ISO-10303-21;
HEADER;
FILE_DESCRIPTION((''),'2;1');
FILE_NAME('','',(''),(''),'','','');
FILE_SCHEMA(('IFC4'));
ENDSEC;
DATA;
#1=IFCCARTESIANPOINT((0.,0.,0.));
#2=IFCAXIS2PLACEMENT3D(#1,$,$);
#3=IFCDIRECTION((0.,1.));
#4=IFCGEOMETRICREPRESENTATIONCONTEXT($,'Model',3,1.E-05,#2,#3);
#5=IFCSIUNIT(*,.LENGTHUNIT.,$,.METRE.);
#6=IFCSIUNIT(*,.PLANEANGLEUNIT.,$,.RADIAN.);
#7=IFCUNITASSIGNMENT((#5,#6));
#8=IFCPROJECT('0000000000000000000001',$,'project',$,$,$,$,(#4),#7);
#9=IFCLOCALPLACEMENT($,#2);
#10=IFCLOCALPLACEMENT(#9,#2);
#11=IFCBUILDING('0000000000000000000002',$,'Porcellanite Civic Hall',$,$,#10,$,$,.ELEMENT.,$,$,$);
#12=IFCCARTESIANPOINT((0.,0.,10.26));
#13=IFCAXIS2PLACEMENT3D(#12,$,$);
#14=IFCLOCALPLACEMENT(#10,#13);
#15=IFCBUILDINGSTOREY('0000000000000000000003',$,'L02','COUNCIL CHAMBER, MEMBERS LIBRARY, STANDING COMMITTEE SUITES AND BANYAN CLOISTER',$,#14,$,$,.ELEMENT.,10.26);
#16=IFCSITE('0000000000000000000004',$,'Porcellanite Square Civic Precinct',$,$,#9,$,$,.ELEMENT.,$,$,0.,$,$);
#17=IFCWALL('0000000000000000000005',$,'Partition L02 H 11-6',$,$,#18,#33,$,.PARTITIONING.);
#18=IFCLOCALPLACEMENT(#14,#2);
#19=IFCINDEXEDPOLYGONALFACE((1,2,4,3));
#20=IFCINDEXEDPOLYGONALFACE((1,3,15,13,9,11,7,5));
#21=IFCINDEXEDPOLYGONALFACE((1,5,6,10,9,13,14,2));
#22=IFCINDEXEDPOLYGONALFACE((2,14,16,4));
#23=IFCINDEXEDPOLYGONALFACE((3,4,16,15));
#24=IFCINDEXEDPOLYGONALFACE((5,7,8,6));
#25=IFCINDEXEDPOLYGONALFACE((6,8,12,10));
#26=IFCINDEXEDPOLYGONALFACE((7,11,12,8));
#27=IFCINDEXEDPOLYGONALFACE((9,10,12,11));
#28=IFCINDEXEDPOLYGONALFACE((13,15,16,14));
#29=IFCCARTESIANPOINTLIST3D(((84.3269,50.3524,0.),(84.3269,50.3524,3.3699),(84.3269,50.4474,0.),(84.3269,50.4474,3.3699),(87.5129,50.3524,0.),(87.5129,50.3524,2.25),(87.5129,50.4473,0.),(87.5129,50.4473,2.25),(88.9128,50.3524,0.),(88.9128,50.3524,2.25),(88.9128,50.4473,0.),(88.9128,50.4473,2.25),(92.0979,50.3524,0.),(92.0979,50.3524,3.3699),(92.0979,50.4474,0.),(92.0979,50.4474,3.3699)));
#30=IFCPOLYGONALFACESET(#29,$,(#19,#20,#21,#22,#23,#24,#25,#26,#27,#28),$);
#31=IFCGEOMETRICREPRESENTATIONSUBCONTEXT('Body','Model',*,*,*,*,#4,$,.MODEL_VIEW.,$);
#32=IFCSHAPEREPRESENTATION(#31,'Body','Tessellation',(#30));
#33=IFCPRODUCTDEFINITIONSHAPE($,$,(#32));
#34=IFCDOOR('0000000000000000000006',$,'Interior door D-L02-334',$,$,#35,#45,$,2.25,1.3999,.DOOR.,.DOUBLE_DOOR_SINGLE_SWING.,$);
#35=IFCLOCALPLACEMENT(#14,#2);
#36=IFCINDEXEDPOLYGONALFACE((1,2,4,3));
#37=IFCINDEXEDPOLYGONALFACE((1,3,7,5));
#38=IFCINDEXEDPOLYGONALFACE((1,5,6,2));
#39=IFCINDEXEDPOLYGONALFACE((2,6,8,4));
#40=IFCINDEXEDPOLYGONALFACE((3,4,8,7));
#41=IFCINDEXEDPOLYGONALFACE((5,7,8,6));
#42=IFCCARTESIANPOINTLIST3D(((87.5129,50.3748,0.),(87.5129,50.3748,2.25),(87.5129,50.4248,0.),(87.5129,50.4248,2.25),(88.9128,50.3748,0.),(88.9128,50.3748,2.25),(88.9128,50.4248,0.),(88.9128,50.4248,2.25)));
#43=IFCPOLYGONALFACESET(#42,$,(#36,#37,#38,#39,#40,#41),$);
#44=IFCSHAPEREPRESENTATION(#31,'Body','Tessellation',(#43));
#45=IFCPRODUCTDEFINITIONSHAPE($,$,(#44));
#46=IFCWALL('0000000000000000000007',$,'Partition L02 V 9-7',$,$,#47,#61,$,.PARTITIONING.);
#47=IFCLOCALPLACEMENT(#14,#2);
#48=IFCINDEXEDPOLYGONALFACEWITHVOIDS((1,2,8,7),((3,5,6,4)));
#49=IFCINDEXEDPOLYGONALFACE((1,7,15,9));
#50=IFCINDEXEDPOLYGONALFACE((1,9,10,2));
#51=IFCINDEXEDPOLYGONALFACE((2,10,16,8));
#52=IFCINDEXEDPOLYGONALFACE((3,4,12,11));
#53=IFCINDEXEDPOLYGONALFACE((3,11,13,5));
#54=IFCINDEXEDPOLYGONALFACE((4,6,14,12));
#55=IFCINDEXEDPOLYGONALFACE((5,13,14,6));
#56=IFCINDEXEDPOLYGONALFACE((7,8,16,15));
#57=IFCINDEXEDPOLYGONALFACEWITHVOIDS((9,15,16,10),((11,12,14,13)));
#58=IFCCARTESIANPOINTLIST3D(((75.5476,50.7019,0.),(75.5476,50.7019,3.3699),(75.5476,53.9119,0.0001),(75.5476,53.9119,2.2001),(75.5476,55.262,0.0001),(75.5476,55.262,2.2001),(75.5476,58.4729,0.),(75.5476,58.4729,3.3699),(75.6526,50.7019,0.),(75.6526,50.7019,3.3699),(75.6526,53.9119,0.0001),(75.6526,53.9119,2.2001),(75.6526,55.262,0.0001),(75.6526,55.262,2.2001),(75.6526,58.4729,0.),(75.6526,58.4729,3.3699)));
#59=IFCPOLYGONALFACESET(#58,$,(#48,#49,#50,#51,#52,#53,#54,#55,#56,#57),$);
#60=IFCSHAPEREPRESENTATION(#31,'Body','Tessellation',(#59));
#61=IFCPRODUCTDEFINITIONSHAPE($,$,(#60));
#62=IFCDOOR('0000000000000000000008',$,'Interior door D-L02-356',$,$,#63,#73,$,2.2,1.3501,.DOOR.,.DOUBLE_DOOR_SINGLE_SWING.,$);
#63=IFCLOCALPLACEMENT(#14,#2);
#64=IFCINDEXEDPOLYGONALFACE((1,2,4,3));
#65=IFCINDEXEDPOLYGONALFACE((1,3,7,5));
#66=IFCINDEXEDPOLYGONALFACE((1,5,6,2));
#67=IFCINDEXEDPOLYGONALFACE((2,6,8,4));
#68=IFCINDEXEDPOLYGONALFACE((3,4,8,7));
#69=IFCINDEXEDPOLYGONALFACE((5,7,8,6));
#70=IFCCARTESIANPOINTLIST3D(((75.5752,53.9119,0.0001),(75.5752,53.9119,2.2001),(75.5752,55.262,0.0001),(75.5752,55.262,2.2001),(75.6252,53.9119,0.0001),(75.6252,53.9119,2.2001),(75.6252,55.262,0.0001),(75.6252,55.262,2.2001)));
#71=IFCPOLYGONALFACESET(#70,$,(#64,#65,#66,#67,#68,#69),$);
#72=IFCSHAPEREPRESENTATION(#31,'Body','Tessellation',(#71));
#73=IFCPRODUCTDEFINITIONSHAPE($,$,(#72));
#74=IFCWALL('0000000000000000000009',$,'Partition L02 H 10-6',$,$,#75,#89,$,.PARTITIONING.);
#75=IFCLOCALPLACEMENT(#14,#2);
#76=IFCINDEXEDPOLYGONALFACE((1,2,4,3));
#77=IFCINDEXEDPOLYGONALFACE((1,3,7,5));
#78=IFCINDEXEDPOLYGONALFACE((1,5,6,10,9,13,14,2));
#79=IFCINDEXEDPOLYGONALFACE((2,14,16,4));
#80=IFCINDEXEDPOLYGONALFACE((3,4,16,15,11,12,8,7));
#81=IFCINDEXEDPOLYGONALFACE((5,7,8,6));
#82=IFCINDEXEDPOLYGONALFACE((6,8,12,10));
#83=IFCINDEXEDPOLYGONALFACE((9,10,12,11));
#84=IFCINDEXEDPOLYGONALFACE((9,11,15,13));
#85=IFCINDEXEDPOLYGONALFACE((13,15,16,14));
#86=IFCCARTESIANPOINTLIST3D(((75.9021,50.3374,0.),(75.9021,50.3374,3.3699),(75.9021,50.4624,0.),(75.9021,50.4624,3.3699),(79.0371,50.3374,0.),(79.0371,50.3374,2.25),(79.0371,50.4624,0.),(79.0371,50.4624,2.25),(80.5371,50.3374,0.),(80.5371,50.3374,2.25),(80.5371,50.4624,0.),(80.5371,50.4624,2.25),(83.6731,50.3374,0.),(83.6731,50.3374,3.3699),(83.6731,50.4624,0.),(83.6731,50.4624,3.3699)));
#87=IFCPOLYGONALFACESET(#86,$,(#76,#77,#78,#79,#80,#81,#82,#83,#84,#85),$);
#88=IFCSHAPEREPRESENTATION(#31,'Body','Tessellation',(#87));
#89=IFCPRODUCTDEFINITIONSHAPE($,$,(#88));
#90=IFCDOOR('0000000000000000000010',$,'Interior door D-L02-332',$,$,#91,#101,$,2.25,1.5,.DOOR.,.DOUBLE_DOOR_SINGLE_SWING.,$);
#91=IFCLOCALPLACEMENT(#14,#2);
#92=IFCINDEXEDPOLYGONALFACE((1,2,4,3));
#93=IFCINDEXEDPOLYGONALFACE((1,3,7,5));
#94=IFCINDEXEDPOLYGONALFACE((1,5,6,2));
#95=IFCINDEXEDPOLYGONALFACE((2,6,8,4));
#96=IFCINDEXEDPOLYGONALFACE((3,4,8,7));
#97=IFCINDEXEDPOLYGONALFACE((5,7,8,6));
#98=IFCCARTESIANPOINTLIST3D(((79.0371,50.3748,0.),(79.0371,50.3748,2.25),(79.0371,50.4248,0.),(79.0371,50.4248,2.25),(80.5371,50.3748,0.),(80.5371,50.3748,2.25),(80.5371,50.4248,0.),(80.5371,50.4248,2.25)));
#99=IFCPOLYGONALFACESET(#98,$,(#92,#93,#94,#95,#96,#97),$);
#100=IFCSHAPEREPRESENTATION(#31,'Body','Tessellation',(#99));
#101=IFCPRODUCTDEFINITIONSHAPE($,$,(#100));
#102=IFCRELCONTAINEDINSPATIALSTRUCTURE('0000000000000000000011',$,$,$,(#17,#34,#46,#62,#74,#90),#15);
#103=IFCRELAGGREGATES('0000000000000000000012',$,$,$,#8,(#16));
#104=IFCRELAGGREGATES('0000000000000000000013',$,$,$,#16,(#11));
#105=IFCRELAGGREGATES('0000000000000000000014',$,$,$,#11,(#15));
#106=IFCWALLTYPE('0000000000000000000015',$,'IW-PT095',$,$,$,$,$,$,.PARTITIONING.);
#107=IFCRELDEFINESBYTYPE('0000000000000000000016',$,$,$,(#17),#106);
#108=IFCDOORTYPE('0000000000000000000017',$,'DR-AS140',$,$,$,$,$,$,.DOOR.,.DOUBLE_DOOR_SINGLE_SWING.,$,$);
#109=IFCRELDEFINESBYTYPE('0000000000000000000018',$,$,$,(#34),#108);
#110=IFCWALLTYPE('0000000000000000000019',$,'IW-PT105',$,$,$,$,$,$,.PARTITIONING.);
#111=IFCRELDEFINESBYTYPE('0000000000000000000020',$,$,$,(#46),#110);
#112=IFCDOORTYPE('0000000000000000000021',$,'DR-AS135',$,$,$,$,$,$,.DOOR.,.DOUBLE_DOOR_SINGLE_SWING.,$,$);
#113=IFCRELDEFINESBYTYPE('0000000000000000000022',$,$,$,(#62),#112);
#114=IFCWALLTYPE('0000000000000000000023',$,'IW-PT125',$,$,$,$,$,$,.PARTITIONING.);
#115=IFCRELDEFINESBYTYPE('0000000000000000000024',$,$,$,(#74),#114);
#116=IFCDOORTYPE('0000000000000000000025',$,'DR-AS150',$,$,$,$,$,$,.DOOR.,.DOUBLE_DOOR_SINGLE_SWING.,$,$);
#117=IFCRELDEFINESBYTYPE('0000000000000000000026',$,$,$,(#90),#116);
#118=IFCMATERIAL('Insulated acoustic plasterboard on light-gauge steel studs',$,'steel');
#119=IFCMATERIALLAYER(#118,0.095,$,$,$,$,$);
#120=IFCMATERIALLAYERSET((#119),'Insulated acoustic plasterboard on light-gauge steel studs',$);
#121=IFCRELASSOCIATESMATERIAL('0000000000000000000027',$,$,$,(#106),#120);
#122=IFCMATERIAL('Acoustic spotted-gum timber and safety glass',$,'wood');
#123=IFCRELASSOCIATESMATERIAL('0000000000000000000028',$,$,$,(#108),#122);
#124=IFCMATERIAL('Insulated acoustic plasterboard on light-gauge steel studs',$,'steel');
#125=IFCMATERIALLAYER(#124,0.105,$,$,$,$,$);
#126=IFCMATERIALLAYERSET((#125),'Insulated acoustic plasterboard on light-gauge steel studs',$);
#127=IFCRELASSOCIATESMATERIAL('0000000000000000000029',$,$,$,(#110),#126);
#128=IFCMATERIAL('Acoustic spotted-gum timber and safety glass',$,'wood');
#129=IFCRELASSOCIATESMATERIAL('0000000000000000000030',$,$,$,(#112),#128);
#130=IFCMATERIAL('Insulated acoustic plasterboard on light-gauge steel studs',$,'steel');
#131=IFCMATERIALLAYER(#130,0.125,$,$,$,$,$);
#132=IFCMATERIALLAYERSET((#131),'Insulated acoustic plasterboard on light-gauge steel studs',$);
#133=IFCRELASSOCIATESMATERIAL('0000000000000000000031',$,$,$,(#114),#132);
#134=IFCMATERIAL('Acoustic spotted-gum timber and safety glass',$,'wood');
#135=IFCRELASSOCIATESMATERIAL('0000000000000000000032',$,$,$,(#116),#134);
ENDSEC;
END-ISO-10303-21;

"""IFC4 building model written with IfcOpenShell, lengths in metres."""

from ifc_helpers import new_model, si_unit, direction, frame, frame_2d, origin, place, context, subcontext, project, spatial, rectangle, extrude, material, layer, layer_set, type_object, element, fill, save


model = new_model("IFC4")

# Units and contexts
model_context = context("Model", 3, precision=1e-05, world=origin(), true_north=direction((0.0, 1.0)))
body_context = subcontext(model_context, "Body", "Model", "MODEL_VIEW")
ifc_project = project(units=[si_unit("LENGTHUNIT", "METRE"), si_unit("PLANEANGLEUNIT", "RADIAN")], contexts=[model_context])

# Site, building, storey
site_placement = place(None, origin())
site = spatial("IfcSite", under=ifc_project, at=site_placement, Name="Porcellanite Square Civic Precinct", CompositionType="ELEMENT", RefElevation=0.0)
building_placement = place(site_placement, origin())
building = spatial("IfcBuilding", under=site, at=building_placement, Name="Porcellanite Civic Hall", CompositionType="ELEMENT")
storey_placement = place(building_placement, frame((0.0, 0.0, 10.26)))
storey = spatial("IfcBuildingStorey", under=building, at=storey_placement, Name="L02", Description="COUNCIL CHAMBER, MEMBERS LIBRARY, STANDING COMMITTEE SUITES AND BANYAN CLOISTER", CompositionType="ELEMENT", Elevation=10.26)

# Walls, openings, doors
ifc_material_1 = material(Name="Insulated acoustic plasterboard on light-gauge steel studs", Category="steel")
ifc_layer_1 = layer(ifc_material_1, 0.095)
ifc_layer_set_1 = layer_set([ifc_layer_1], Name="Insulated acoustic plasterboard on light-gauge steel studs")
wall_type_1 = type_object("IfcWallType", Name="IW-PT095", PredefinedType="PARTITIONING", material=ifc_layer_set_1)
wall_1_placement = place(storey_placement, frame((84.3269, 50.3999, 0.0), z_axis=(0.0, 0.0, 1.0), x_axis=(1.0, 0.0, 0.0)))
wall_1 = element("IfcWall", 1, at=wall_1_placement, inside=storey, type_object=wall_type_1, Name="Partition L02 H 11-6", PredefinedType="PARTITIONING", context=body_context, shape_type="SweptSolid", body=[
    extrude(rectangle(XDim=7.771, YDim=0.095, at=frame_2d((3.8855, 0.0))), origin(), (0.0, 0.0, 1.0), 3.3699),
])
opening_1_placement = place(wall_1_placement, frame((3.186, 0.0, 0.0)))
opening_1 = element("IfcOpeningElement", 2, at=opening_1_placement, cuts=wall_1, PredefinedType="OPENING", context=body_context, shape_type="SweptSolid", body=[
    extrude(rectangle(XDim=1.3999, YDim=2.25, at=frame_2d((0.7, 1.125))), frame((0.0, 0.0474, 0.0), z_axis=(0.0, -1.0, 0.0), x_axis=(1.0, 0.0, 0.0)), (0.0, 0.0, 1.0), 0.095),
])
ifc_material_2 = material(Name="Acoustic spotted-gum timber and safety glass", Category="wood")
door_type_1 = type_object("IfcDoorType", Name="DR-AS140", OperationType="DOUBLE_DOOR_SINGLE_SWING", PredefinedType="DOOR", material=ifc_material_2)
door_1_placement = place(opening_1_placement, origin())
door_1 = element("IfcDoor", 3, at=door_1_placement, inside=storey, type_object=door_type_1, Name="Interior door D-L02-334", OperationType="DOUBLE_DOOR_SINGLE_SWING", OverallHeight=2.25, OverallWidth=1.3999, PredefinedType="DOOR", context=body_context, shape_type="SweptSolid", body=[
    extrude(rectangle(XDim=1.3999, YDim=2.25, at=frame_2d((0.7, 1.125))), frame((0.0, 0.0249, 0.0), z_axis=(0.0, -1.0, 0.0), x_axis=(1.0, 0.0, 0.0)), (0.0, 0.0, 1.0), 0.05),
])
fill(opening_1, door_1)
ifc_material_3 = material(Name="Insulated acoustic plasterboard on light-gauge steel studs", Category="steel")
ifc_layer_2 = layer(ifc_material_3, 0.105)
ifc_layer_set_2 = layer_set([ifc_layer_2], Name="Insulated acoustic plasterboard on light-gauge steel studs")
wall_type_2 = type_object("IfcWallType", Name="IW-PT105", PredefinedType="PARTITIONING", material=ifc_layer_set_2)
wall_2_placement = place(storey_placement, frame((75.6001, 50.7019, 0.0), z_axis=(0.0, 0.0, 1.0), x_axis=(0.0, 1.0, 0.0)))
wall_2 = element("IfcWall", 4, at=wall_2_placement, inside=storey, type_object=wall_type_2, Name="Partition L02 V 9-7", PredefinedType="PARTITIONING", context=body_context, shape_type="SweptSolid", body=[
    extrude(rectangle(XDim=7.771, YDim=0.105, at=frame_2d((3.8855, 0.0))), origin(), (0.0, 0.0, 1.0), 3.3699),
])
opening_2_placement = place(wall_2_placement, frame((3.21, 0.0, 0.0)))
opening_2 = element("IfcOpeningElement", 5, at=opening_2_placement, cuts=wall_2, PredefinedType="OPENING", context=body_context, shape_type="SweptSolid", body=[
    extrude(rectangle(XDim=1.3501, YDim=2.2, at=frame_2d((0.675, 1.1001))), frame((0.0, 0.0525, 0.0), z_axis=(0.0, -1.0, 0.0), x_axis=(1.0, 0.0, 0.0)), (0.0, 0.0, 1.0), 0.105),
])
ifc_material_4 = material(Name="Acoustic spotted-gum timber and safety glass", Category="wood")
door_type_2 = type_object("IfcDoorType", Name="DR-AS135", OperationType="DOUBLE_DOOR_SINGLE_SWING", PredefinedType="DOOR", material=ifc_material_4)
door_2_placement = place(opening_2_placement, origin())
door_2 = element("IfcDoor", 6, at=door_2_placement, inside=storey, type_object=door_type_2, Name="Interior door D-L02-356", OperationType="DOUBLE_DOOR_SINGLE_SWING", OverallHeight=2.2, OverallWidth=1.3501, PredefinedType="DOOR", context=body_context, shape_type="SweptSolid", body=[
    extrude(rectangle(XDim=1.3501, YDim=2.2, at=frame_2d((0.675, 1.1001))), frame((0.0, 0.0249, 0.0), z_axis=(0.0, -1.0, 0.0), x_axis=(1.0, 0.0, 0.0)), (0.0, 0.0, 1.0), 0.05),
])
fill(opening_2, door_2)
ifc_material_5 = material(Name="Insulated acoustic plasterboard on light-gauge steel studs", Category="steel")
ifc_layer_3 = layer(ifc_material_5, 0.125)
ifc_layer_set_3 = layer_set([ifc_layer_3], Name="Insulated acoustic plasterboard on light-gauge steel studs")
wall_type_3 = type_object("IfcWallType", Name="IW-PT125", PredefinedType="PARTITIONING", material=ifc_layer_set_3)
wall_3_placement = place(storey_placement, frame((75.9021, 50.3999, 0.0), z_axis=(0.0, 0.0, 1.0), x_axis=(1.0, 0.0, 0.0)))
wall_3 = element("IfcWall", 7, at=wall_3_placement, inside=storey, type_object=wall_type_3, Name="Partition L02 H 10-6", PredefinedType="PARTITIONING", context=body_context, shape_type="SweptSolid", body=[
    extrude(rectangle(XDim=7.771, YDim=0.125, at=frame_2d((3.8855, 0.0))), origin(), (0.0, 0.0, 1.0), 3.3699),
])
opening_3_placement = place(wall_3_placement, frame((3.135, 0.0, 0.0)))
opening_3 = element("IfcOpeningElement", 8, at=opening_3_placement, cuts=wall_3, PredefinedType="OPENING", context=body_context, shape_type="SweptSolid", body=[
    extrude(rectangle(XDim=1.5, YDim=2.25, at=frame_2d((0.75, 1.125))), frame((0.0, 0.0625, 0.0), z_axis=(0.0, -1.0, 0.0), x_axis=(1.0, 0.0, 0.0)), (0.0, 0.0, 1.0), 0.125),
])
ifc_material_6 = material(Name="Acoustic spotted-gum timber and safety glass", Category="wood")
door_type_3 = type_object("IfcDoorType", Name="DR-AS150", OperationType="DOUBLE_DOOR_SINGLE_SWING", PredefinedType="DOOR", material=ifc_material_6)
door_3_placement = place(opening_3_placement, origin())
door_3 = element("IfcDoor", 9, at=door_3_placement, inside=storey, type_object=door_type_3, Name="Interior door D-L02-332", OperationType="DOUBLE_DOOR_SINGLE_SWING", OverallHeight=2.25, OverallWidth=1.5, PredefinedType="DOOR", context=body_context, shape_type="SweptSolid", body=[
    extrude(rectangle(XDim=1.5, YDim=2.25, at=frame_2d((0.75, 1.125))), frame((0.0, 0.0249, 0.0), z_axis=(0.0, -1.0, 0.0), x_axis=(1.0, 0.0, 0.0)), (0.0, 0.0, 1.0), 0.05),
])
fill(opening_3, door_3)

save(model, "model.ifc")
